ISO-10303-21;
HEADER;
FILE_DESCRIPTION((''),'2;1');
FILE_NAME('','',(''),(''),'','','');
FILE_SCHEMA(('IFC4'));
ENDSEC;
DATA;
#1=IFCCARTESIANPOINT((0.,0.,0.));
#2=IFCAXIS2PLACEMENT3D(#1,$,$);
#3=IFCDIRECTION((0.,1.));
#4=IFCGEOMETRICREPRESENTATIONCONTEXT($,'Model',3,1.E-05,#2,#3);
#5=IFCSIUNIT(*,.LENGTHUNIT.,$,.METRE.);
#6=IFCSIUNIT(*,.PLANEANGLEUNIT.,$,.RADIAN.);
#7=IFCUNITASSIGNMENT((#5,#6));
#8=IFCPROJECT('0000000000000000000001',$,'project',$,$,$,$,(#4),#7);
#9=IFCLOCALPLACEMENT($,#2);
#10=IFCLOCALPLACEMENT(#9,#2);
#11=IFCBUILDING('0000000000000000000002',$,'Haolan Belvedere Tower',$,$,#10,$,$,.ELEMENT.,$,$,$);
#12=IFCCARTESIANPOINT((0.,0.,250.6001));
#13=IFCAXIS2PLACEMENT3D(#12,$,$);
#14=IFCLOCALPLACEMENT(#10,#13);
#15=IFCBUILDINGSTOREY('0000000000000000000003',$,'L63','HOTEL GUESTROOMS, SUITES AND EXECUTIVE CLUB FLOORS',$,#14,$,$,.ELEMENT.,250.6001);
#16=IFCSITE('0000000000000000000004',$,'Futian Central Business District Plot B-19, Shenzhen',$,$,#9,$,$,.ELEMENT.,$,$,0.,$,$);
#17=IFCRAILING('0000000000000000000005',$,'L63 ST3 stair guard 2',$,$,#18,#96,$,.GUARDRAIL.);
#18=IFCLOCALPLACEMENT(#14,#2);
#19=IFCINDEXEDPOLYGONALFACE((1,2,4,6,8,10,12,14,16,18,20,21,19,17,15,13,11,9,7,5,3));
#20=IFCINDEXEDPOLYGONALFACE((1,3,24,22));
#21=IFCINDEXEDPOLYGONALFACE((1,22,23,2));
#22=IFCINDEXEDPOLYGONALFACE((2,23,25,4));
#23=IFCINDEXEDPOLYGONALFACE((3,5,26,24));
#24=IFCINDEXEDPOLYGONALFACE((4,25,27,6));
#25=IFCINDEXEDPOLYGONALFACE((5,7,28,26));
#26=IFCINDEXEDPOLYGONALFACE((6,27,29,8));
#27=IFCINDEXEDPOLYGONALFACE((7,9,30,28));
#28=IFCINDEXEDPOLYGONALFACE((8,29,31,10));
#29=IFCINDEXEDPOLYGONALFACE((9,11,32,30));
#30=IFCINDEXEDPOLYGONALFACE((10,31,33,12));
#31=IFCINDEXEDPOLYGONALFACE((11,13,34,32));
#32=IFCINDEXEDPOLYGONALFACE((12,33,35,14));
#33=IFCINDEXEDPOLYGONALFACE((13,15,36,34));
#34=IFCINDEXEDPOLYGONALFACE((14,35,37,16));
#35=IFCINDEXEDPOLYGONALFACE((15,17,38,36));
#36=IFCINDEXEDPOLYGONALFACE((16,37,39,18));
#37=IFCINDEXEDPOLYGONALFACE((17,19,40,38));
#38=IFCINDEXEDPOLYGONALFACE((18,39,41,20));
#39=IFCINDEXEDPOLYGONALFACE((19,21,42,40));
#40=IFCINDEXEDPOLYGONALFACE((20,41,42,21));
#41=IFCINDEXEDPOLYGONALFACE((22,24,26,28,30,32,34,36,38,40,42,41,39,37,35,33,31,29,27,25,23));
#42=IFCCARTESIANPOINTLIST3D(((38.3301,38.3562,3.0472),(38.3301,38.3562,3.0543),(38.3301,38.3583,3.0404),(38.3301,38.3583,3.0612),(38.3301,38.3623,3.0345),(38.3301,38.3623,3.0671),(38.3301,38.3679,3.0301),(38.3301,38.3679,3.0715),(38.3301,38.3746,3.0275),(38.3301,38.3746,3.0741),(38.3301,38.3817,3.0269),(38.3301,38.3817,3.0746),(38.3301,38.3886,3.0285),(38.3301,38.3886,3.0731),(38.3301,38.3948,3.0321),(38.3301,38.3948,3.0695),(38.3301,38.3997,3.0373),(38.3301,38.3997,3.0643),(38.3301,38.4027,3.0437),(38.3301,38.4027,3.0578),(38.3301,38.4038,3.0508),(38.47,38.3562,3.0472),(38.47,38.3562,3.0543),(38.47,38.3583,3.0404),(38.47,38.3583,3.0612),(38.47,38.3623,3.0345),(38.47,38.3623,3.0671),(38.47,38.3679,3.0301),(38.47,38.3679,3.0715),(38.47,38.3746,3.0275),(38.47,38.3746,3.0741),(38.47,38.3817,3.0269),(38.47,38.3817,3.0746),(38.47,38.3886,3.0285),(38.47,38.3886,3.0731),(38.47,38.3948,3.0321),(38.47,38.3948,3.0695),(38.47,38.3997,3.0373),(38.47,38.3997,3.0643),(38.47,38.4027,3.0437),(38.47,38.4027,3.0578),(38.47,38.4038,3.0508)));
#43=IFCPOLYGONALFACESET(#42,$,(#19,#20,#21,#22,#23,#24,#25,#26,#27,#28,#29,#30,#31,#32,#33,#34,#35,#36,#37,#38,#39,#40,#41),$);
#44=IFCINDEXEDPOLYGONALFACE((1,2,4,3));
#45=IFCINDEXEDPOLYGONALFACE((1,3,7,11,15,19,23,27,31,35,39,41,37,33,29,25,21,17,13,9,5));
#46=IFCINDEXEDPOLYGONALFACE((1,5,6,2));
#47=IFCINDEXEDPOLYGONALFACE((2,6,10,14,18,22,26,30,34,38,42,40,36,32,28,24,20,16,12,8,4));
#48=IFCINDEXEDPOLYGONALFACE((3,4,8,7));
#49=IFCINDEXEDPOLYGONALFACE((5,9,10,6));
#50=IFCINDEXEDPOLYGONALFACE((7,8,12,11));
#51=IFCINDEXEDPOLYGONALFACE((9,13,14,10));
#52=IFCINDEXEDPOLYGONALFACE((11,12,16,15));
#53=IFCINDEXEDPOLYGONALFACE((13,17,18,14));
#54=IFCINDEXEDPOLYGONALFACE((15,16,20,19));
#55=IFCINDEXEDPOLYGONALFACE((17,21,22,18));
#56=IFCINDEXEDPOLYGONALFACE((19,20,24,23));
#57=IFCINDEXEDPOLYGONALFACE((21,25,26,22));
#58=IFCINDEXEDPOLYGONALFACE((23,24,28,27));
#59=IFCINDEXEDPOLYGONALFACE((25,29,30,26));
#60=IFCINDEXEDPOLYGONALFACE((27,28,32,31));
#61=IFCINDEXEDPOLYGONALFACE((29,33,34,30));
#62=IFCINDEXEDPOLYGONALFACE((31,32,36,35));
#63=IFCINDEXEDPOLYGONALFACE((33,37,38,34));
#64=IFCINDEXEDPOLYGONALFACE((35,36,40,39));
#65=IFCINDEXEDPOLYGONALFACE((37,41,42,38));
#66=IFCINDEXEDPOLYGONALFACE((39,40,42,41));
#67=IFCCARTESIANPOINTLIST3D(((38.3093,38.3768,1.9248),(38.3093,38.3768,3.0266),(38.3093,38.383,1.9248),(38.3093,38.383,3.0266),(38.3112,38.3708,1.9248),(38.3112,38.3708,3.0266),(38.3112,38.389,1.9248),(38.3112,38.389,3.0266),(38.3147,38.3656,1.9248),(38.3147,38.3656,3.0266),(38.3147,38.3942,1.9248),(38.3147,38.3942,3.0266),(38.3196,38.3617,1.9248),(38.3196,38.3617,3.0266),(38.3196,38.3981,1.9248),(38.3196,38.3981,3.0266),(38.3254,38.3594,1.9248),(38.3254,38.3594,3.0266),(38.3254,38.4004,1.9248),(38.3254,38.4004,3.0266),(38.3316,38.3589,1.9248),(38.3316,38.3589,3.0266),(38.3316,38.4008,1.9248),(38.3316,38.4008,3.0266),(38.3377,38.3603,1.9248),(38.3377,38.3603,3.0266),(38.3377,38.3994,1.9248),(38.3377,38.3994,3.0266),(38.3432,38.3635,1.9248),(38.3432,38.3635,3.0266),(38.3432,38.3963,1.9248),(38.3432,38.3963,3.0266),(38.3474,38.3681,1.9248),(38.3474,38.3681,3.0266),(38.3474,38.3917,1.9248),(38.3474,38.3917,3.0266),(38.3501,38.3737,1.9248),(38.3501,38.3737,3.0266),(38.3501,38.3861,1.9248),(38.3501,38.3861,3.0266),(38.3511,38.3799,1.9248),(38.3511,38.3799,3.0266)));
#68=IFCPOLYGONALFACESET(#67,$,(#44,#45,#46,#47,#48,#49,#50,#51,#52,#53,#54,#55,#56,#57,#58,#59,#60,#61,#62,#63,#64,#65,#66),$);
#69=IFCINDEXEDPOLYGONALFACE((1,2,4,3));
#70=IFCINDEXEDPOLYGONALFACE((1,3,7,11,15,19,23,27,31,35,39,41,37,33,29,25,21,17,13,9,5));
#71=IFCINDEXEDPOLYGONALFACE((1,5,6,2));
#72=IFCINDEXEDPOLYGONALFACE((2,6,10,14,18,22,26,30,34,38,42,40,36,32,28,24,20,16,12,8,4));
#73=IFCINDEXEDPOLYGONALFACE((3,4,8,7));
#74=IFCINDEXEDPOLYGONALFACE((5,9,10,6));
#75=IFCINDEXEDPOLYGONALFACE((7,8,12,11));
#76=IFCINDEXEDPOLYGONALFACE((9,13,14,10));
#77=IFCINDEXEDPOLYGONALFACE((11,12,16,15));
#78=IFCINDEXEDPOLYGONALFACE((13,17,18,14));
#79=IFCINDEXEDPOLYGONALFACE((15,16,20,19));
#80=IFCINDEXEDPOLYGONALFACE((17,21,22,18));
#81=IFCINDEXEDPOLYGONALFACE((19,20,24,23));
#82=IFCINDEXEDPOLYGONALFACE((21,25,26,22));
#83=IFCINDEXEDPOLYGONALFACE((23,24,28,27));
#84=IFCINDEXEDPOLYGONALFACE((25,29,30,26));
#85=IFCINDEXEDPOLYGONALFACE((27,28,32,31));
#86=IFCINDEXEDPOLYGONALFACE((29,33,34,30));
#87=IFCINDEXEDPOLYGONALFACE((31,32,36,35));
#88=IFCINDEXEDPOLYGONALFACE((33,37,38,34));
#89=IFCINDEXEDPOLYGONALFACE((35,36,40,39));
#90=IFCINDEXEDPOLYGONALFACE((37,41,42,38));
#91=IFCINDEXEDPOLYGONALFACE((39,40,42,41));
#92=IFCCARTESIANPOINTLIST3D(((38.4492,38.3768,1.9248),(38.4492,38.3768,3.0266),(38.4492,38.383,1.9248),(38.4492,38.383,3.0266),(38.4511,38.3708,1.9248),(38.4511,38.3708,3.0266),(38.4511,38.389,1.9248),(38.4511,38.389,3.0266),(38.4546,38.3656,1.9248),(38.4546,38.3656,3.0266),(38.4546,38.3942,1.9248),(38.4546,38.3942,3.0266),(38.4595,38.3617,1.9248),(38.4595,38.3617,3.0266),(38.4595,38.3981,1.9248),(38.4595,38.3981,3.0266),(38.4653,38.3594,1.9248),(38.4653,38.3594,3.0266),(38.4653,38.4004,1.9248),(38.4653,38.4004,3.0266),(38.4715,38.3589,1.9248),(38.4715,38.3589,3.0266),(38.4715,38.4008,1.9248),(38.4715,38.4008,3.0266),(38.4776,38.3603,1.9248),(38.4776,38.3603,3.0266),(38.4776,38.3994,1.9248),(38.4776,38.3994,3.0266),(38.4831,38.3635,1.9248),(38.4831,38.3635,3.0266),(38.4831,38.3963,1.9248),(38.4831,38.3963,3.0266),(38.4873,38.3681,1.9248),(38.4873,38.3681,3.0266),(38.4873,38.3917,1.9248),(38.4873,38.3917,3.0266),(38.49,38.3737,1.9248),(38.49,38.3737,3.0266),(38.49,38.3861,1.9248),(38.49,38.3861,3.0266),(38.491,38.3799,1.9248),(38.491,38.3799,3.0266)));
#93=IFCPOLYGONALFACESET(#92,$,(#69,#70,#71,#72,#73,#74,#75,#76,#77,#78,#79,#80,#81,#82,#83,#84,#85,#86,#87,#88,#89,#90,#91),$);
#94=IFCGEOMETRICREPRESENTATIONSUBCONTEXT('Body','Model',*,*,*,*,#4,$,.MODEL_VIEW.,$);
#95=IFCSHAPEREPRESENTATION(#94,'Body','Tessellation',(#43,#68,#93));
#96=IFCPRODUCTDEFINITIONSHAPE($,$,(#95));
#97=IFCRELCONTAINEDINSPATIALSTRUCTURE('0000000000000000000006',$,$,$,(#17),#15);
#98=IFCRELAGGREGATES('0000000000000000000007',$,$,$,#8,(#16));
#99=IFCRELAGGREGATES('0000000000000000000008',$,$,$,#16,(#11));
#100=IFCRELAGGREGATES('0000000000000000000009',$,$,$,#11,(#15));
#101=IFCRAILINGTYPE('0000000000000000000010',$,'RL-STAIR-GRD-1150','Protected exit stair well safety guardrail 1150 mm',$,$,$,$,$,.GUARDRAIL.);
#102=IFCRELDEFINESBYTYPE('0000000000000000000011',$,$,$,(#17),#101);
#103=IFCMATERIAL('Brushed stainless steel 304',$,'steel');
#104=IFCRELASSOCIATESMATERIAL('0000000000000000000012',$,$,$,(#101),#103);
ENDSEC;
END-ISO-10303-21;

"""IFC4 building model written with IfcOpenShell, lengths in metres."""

from ifc_helpers import new_model, si_unit, direction, frame, origin, origin_2d, place, context, subcontext, project, spatial, circle, extrude, material, type_object, element, save


model = new_model("IFC4")

# Units and contexts
model_context = context("Model", 3, precision=1e-05, world=origin(), true_north=direction((0.0, 1.0)))
body_context = subcontext(model_context, "Body", "Model", "MODEL_VIEW")
ifc_project = project(units=[si_unit("LENGTHUNIT", "METRE"), si_unit("PLANEANGLEUNIT", "RADIAN")], contexts=[model_context])

# Site, building, storey
site_placement = place(None, origin())
site = spatial("IfcSite", under=ifc_project, at=site_placement, Name="Futian Central Business District Plot B-19, Shenzhen", CompositionType="ELEMENT", RefElevation=0.0)
building_placement = place(site_placement, origin())
building = spatial("IfcBuilding", under=site, at=building_placement, Name="Haolan Belvedere Tower", CompositionType="ELEMENT")
storey_placement = place(building_placement, frame((0.0, 0.0, 250.6001)))
storey = spatial("IfcBuildingStorey", under=building, at=storey_placement, Name="L63", Description="HOTEL GUESTROOMS, SUITES AND EXECUTIVE CLUB FLOORS", CompositionType="ELEMENT", Elevation=250.6001)

# Railing
ifc_material_1 = material(Name="Brushed stainless steel 304", Category="steel")
railing_type_1 = type_object("IfcRailingType", Name="RL-STAIR-GRD-1150", Description="Protected exit stair well safety guardrail 1150 mm", PredefinedType="GUARDRAIL", material=ifc_material_1)
railing_1_placement = place(storey_placement, frame((38.3301, 38.3799, 1.9248)))
element("IfcRailing", 1, at=railing_1_placement, inside=storey, type_object=railing_type_1, Name="L63 ST3 stair guard 2", PredefinedType="GUARDRAIL", context=body_context, shape_type="SweptSolid", body=[
    extrude(circle(Radius=0.0239, at=origin_2d()), frame((0.0, 0.0, 1.126), z_axis=(1.0, 0.0, 0.0), x_axis=(0.0, 1.0, 0.0)), (0.0, 0.0, 1.0), 0.1399),
    extrude(circle(Radius=0.021, at=origin_2d()), origin(), (0.0, 0.0, 1.0), 1.1018),
    extrude(circle(Radius=0.021, at=origin_2d()), frame((0.1399, 0.0, 0.0)), (0.0, 0.0, 1.0), 1.1018),
])

save(model, "model.ifc")
